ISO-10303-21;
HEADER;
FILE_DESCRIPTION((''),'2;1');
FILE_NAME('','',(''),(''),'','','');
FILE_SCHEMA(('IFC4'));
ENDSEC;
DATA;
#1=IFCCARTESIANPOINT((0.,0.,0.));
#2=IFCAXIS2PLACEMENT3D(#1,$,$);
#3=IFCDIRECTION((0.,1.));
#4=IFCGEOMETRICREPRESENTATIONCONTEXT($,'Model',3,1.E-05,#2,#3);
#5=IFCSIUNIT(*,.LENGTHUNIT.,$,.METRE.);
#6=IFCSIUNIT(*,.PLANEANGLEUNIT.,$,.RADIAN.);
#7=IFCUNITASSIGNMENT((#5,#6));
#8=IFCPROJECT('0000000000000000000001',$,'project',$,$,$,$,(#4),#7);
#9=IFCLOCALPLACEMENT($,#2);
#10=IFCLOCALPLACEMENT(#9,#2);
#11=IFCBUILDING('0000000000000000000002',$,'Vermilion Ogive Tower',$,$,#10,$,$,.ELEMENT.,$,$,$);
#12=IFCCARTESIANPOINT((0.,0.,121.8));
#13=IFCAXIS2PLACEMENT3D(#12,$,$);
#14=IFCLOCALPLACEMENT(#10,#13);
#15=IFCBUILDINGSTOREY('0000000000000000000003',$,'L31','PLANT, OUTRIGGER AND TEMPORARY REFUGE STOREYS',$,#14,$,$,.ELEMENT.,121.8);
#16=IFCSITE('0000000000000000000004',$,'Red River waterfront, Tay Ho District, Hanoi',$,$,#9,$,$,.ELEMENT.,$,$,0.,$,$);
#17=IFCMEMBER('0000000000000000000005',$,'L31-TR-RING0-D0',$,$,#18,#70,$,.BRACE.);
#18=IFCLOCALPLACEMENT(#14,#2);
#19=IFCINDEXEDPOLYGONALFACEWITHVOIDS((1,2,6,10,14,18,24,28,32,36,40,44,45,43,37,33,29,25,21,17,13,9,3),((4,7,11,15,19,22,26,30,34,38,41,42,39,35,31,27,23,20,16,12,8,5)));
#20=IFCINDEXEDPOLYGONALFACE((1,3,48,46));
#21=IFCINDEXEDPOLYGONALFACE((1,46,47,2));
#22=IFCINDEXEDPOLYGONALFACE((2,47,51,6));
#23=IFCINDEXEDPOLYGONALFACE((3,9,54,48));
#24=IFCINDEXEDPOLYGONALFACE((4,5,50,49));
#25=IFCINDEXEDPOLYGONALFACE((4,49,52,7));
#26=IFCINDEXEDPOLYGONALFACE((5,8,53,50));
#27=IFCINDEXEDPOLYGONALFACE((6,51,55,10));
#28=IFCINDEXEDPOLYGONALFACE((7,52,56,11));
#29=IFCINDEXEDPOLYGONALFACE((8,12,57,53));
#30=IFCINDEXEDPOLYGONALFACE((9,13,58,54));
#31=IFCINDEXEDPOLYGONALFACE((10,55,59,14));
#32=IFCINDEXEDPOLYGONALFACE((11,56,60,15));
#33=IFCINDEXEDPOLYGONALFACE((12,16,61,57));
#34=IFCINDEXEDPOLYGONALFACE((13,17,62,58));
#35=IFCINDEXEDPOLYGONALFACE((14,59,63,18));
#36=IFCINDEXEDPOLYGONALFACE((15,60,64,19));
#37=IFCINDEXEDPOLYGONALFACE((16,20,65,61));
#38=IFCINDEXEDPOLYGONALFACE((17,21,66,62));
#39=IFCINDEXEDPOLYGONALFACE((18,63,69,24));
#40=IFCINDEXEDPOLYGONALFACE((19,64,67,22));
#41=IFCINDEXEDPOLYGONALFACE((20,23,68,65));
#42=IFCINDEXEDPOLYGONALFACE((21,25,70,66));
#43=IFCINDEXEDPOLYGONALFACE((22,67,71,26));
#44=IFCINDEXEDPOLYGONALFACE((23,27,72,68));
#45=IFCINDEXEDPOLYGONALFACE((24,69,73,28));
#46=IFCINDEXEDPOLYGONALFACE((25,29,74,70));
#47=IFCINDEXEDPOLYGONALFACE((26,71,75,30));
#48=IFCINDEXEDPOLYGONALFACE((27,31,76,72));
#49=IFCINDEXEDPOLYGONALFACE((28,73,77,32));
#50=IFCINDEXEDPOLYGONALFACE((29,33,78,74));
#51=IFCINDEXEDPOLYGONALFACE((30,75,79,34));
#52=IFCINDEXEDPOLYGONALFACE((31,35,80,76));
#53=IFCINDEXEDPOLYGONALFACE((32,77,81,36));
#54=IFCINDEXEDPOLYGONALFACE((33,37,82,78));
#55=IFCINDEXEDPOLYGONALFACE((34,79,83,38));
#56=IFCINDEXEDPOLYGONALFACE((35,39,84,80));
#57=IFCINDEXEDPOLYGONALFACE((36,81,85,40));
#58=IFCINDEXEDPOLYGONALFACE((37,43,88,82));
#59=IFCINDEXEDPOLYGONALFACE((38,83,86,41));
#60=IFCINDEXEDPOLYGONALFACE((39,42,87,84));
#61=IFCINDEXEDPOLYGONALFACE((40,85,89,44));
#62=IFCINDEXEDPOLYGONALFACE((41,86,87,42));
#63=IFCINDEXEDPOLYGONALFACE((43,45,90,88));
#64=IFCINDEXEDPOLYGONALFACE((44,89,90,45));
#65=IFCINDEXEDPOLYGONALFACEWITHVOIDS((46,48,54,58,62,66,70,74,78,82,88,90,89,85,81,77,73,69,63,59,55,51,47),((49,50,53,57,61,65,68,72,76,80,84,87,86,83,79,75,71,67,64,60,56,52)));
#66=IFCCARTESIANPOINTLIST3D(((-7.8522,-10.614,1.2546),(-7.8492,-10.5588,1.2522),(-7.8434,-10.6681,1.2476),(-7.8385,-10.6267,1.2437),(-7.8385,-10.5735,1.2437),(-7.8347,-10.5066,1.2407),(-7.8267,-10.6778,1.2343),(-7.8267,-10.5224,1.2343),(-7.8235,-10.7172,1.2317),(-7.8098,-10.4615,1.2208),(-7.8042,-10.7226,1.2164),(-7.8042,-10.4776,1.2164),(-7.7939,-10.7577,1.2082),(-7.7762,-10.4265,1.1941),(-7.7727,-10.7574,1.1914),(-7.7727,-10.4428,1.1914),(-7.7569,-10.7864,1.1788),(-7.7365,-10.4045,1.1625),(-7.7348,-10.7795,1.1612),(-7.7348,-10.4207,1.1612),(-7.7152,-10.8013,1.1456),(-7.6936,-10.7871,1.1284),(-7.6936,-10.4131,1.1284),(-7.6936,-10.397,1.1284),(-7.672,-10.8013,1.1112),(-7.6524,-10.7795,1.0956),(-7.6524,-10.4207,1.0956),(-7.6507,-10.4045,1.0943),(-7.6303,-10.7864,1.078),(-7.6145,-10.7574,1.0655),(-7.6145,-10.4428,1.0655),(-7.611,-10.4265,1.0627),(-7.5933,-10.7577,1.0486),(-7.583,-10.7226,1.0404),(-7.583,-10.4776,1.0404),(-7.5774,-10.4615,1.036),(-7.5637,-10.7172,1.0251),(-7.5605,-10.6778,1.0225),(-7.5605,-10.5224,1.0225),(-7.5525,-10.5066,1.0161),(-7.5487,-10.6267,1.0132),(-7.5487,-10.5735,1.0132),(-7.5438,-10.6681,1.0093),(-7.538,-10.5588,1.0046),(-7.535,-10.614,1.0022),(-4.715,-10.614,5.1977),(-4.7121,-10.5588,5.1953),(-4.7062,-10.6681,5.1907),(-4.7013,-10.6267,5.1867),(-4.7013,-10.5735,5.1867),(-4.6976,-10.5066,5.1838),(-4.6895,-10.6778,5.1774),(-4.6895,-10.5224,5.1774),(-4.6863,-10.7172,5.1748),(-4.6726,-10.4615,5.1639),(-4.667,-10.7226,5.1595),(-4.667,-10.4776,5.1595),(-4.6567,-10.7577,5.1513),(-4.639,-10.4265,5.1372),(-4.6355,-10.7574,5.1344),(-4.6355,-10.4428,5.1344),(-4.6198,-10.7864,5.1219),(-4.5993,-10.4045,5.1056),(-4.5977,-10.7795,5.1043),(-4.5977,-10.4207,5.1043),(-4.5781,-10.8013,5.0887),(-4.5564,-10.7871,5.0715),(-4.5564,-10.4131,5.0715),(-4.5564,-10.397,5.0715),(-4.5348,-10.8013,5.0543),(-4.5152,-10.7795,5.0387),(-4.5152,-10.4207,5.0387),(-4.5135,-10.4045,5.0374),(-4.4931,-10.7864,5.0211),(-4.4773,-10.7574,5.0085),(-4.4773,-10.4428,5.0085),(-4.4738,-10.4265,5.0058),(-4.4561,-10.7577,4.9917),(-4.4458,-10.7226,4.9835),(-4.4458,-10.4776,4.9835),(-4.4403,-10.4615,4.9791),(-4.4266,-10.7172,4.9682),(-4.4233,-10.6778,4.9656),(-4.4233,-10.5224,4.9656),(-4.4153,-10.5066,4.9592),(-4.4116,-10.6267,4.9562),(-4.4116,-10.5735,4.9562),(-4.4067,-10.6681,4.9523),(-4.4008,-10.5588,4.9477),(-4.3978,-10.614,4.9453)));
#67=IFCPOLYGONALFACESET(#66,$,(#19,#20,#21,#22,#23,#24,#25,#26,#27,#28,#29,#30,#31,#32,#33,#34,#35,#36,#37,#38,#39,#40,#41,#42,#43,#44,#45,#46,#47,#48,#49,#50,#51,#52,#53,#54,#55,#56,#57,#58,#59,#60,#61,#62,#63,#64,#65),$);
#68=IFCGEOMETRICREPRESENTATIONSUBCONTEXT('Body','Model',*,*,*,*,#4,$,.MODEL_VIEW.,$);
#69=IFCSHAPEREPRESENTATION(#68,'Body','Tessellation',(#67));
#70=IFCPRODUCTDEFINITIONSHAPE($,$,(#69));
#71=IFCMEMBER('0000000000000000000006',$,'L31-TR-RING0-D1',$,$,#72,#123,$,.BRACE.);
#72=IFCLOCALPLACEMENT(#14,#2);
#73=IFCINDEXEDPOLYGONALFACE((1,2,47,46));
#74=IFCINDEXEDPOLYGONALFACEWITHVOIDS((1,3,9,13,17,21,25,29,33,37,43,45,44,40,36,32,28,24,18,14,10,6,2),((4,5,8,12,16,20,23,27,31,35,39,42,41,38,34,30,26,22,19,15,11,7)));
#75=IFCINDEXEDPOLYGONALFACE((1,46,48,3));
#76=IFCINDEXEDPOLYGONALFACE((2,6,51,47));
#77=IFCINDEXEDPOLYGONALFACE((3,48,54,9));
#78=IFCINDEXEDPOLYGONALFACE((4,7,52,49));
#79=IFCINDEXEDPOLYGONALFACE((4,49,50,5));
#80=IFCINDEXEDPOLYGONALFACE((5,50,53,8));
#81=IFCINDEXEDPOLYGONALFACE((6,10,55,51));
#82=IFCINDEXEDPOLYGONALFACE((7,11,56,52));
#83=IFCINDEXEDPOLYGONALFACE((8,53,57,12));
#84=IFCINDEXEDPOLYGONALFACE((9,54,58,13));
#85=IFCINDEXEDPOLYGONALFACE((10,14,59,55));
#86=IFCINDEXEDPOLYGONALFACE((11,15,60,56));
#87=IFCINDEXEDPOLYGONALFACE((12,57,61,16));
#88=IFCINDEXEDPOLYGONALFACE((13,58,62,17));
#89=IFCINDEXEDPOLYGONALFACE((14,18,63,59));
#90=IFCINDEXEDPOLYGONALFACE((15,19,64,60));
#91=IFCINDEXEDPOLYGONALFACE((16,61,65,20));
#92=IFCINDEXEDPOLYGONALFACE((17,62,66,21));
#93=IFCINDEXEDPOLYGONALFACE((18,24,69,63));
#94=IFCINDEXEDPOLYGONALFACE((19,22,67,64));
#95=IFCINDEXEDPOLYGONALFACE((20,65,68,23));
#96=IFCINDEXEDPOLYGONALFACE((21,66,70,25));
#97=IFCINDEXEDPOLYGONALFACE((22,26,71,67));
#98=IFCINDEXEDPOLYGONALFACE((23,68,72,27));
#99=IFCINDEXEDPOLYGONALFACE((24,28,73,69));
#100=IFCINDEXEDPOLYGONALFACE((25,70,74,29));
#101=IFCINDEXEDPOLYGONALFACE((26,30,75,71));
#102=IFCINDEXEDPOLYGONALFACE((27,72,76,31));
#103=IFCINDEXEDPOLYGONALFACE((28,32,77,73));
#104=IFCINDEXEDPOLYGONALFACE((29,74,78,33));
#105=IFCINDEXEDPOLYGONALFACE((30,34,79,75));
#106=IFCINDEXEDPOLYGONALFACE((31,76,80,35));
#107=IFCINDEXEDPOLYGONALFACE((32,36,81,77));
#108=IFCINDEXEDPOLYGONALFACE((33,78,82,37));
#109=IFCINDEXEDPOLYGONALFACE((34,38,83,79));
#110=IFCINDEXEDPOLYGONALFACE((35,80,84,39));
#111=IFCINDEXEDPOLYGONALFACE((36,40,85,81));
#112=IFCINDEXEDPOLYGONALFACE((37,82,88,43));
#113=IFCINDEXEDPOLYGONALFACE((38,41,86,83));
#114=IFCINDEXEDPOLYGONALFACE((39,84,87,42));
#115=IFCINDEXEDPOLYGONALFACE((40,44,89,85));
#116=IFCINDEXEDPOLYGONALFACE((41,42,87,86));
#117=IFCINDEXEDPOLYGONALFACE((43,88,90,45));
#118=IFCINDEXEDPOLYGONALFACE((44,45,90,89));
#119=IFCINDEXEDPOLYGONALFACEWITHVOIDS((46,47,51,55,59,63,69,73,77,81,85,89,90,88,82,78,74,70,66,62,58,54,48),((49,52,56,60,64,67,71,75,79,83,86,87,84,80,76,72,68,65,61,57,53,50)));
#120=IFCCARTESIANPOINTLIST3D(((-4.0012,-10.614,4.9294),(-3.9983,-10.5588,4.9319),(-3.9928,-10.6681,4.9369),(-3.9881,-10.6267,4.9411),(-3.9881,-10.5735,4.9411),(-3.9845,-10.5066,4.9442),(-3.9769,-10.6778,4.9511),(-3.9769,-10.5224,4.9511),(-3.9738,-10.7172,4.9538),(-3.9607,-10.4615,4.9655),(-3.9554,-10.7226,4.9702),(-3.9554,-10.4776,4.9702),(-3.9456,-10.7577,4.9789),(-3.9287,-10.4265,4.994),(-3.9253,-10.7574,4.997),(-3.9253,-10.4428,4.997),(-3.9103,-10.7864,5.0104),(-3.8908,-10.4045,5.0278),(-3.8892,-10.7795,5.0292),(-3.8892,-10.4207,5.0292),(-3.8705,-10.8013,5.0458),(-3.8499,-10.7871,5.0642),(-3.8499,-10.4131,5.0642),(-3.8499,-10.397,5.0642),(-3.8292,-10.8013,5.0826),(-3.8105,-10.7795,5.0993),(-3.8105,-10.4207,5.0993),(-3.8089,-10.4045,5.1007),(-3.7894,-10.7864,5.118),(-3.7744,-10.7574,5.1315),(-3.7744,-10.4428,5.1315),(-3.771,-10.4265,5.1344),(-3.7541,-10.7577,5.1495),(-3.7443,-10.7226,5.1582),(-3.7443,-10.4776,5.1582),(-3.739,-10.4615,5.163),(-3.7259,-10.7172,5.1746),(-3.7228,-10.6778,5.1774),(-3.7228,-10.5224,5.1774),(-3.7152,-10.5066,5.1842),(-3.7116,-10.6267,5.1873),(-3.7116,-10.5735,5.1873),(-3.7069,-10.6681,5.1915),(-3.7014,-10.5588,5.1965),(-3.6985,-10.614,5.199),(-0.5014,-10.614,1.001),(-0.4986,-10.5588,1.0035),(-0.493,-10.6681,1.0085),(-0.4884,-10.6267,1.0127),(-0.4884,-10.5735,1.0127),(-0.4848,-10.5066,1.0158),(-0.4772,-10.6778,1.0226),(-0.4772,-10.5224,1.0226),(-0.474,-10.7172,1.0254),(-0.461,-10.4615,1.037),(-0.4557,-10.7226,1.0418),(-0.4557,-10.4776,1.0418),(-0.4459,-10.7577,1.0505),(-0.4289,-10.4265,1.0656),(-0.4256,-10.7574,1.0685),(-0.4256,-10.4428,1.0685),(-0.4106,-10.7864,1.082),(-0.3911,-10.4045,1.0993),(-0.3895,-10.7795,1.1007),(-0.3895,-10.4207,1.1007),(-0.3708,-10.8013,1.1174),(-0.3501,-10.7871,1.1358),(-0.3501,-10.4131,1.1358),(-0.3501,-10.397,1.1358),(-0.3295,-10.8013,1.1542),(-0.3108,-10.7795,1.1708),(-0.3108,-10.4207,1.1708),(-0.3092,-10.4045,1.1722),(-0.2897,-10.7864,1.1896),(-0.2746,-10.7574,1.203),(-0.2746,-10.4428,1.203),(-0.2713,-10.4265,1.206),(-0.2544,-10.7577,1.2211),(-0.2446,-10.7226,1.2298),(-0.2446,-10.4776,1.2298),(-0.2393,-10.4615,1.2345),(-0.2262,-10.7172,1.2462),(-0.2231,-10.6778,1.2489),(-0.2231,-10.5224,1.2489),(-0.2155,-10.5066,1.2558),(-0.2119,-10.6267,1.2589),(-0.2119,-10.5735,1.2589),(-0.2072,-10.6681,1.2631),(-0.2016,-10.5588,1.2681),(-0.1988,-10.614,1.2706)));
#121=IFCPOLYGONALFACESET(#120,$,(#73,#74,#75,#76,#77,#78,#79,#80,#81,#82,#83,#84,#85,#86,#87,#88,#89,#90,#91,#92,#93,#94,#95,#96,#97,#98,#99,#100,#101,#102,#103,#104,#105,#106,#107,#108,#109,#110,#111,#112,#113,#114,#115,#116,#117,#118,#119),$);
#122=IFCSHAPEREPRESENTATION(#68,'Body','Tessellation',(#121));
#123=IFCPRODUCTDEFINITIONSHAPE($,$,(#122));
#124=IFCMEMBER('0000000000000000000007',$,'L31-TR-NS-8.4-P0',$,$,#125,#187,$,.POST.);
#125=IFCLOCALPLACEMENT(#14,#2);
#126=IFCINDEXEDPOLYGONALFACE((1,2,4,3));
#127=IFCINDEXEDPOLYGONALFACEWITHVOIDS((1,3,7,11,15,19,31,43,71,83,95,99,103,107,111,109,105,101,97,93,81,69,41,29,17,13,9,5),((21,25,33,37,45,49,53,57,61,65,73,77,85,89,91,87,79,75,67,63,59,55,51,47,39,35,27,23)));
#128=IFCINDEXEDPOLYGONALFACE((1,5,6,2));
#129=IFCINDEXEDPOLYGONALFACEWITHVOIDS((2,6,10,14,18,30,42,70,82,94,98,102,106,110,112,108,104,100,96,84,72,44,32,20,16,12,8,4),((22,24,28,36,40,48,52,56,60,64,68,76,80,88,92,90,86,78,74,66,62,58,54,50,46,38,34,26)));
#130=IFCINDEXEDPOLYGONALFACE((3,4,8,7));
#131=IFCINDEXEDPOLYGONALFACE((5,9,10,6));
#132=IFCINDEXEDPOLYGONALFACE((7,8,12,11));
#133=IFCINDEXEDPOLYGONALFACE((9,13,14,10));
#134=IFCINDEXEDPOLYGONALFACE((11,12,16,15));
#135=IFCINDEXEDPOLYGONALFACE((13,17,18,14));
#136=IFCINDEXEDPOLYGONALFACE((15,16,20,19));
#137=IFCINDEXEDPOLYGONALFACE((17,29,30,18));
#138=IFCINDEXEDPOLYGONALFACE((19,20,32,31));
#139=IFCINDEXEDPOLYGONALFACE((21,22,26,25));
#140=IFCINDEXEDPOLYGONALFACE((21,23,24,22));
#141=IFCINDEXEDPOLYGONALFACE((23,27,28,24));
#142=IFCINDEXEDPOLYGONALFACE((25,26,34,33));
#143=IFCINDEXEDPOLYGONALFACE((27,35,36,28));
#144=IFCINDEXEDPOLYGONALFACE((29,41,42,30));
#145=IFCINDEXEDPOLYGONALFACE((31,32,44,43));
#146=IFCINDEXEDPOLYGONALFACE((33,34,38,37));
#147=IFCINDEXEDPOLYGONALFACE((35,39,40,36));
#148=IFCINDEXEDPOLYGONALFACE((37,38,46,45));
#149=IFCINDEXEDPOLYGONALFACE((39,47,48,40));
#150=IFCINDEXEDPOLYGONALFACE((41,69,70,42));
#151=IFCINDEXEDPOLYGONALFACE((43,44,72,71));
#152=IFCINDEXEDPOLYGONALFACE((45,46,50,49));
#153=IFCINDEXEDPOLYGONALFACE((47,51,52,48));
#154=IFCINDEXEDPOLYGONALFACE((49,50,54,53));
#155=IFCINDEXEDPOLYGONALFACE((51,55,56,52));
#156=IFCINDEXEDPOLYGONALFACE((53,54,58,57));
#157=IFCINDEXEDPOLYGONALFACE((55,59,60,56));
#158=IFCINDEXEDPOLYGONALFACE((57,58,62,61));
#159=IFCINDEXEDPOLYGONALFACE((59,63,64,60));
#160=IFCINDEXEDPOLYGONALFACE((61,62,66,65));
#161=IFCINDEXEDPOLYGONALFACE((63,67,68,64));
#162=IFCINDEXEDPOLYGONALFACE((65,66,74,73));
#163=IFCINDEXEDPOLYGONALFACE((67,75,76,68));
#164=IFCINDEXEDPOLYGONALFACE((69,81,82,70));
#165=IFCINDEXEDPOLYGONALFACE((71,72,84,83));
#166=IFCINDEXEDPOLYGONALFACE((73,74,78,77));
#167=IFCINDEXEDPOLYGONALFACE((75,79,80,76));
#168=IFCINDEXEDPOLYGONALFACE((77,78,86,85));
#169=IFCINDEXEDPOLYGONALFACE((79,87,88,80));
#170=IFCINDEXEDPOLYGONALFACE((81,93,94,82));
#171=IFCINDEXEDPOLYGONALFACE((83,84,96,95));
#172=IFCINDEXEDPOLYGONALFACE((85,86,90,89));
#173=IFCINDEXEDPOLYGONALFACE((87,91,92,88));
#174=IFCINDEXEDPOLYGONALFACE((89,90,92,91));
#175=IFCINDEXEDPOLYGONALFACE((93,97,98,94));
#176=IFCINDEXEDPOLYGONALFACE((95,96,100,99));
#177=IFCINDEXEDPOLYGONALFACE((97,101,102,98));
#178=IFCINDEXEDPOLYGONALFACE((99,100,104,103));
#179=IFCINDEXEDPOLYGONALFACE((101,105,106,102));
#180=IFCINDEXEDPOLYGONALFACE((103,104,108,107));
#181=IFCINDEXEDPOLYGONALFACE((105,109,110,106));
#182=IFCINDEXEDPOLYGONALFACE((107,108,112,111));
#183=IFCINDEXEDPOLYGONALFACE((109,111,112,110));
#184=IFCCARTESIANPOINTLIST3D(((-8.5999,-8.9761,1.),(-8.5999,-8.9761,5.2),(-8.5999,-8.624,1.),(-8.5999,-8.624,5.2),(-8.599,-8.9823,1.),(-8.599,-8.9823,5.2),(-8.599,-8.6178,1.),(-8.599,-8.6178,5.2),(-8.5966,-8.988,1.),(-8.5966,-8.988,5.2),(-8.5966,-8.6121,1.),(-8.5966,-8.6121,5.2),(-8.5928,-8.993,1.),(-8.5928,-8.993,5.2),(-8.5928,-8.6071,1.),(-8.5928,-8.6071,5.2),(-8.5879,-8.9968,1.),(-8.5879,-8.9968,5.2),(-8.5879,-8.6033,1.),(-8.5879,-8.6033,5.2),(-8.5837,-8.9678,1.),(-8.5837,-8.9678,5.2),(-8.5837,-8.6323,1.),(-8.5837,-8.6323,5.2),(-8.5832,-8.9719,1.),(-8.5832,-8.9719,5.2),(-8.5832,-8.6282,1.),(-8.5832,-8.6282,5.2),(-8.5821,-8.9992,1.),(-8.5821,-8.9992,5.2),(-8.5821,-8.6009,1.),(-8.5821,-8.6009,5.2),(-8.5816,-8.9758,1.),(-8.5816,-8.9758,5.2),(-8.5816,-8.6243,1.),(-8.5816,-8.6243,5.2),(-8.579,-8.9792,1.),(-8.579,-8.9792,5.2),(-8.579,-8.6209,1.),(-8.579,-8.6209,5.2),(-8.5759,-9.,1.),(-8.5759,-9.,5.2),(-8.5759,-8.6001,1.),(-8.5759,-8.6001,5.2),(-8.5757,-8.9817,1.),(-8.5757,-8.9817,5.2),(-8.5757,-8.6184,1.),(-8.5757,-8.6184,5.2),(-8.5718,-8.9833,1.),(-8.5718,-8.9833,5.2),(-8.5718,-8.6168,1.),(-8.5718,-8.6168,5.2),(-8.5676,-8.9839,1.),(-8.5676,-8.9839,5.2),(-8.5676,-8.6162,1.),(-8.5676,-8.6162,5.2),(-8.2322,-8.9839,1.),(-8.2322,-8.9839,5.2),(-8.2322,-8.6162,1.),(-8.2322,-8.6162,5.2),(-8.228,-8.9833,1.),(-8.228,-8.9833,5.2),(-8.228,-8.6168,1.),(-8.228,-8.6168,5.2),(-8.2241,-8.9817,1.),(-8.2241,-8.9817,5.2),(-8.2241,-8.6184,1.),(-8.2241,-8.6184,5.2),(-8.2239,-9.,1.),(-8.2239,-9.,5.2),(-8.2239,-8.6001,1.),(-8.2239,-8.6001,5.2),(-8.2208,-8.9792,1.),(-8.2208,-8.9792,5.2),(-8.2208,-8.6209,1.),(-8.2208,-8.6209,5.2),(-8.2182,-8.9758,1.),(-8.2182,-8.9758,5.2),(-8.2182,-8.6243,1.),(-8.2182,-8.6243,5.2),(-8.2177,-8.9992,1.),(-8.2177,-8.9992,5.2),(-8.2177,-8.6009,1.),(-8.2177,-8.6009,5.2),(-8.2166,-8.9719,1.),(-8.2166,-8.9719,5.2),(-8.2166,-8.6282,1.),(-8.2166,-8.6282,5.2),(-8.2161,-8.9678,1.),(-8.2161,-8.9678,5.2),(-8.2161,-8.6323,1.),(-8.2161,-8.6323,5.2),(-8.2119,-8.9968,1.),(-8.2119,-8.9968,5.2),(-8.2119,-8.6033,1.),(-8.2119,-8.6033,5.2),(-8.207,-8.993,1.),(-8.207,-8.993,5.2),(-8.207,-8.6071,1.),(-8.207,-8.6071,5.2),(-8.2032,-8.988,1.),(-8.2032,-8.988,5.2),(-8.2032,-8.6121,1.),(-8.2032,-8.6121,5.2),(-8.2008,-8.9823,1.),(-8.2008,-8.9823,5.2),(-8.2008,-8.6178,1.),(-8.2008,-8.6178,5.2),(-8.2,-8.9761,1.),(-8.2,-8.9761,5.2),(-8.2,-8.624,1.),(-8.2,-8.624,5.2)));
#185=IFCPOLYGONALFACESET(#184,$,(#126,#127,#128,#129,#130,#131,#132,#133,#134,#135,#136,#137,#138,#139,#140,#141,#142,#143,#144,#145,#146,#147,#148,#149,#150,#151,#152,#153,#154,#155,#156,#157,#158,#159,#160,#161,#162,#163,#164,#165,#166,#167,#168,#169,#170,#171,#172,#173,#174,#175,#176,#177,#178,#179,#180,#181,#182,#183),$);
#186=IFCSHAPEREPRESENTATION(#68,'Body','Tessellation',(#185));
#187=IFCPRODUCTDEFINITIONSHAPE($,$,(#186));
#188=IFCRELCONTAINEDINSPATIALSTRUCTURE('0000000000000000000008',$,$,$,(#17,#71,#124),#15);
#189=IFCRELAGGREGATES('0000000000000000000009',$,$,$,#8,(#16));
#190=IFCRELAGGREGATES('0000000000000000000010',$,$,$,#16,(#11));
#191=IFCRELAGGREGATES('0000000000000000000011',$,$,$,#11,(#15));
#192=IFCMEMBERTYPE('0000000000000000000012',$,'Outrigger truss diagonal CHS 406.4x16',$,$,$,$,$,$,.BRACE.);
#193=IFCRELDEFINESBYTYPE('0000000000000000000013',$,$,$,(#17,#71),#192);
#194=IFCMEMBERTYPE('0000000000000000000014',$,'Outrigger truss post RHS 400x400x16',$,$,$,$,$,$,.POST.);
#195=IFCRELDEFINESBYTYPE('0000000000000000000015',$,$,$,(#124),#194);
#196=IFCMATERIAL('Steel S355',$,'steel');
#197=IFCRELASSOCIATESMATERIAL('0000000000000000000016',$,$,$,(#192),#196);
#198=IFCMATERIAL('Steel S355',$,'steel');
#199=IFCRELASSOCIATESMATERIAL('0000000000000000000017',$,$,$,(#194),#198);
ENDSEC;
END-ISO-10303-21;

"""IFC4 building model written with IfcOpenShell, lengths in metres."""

from ifc_helpers import new_model, si_unit, direction, frame, origin, origin_2d, place, context, subcontext, project, spatial, hollow_rectangle, hollow_circle, extrude, material, material_profile, profile_set, type_object, element, save


model = new_model("IFC4")

# Units and contexts
model_context = context("Model", 3, precision=1e-05, world=origin(), true_north=direction((0.0, 1.0)))
body_context = subcontext(model_context, "Body", "Model", "MODEL_VIEW")
ifc_project = project(units=[si_unit("LENGTHUNIT", "METRE"), si_unit("PLANEANGLEUNIT", "RADIAN")], contexts=[model_context])

# Site, building, storey
site_placement = place(None, origin())
site = spatial("IfcSite", under=ifc_project, at=site_placement, Name="Red River waterfront, Tay Ho District, Hanoi", CompositionType="ELEMENT", RefElevation=0.0)
building_placement = place(site_placement, origin())
building = spatial("IfcBuilding", under=site, at=building_placement, Name="Vermilion Ogive Tower", CompositionType="ELEMENT")
storey_placement = place(building_placement, frame((0.0, 0.0, 121.8)))
storey = spatial("IfcBuildingStorey", under=building, at=storey_placement, Name="L31", Description="PLANT, OUTRIGGER AND TEMPORARY REFUGE STOREYS", CompositionType="ELEMENT", Elevation=121.8)

# Members
ifc_material_1 = material(Name="Steel S355", Category="steel")
ifc_material_profile_1 = material_profile(ifc_material_1, hollow_circle(Radius=0.2031, WallThickness=0.0161, at=origin_2d()), Name="CHS 406.4x16")
ifc_profile_set_1 = profile_set([ifc_material_profile_1], Name="Steel S355")
member_type_1 = type_object("IfcMemberType", Name="Outrigger truss diagonal CHS 406.4x16", PredefinedType="BRACE", material=ifc_profile_set_1)
member_1_placement = place(storey_placement, frame((-7.6936, -10.6001, 1.1284), z_axis=(0.622601, 0.0, 0.782539), x_axis=(0.0, 1.0, 0.0)))
element("IfcMember", 1, at=member_1_placement, inside=storey, type_object=member_type_1, Name="L31-TR-RING0-D0", PredefinedType="BRACE", context=body_context, shape_type="SweptSolid", body=[
    extrude(hollow_circle(Radius=0.2031, WallThickness=0.0161, at=origin_2d()), origin(), (0.0, 0.0, 1.0), 5.0388),
])
member_2_placement = place(storey_placement, frame((-3.8499, -10.6001, 5.0642), z_axis=(0.66519, 0.0, -0.746674), x_axis=(0.0, 1.0, 0.0)))
element("IfcMember", 2, at=member_2_placement, inside=storey, type_object=member_type_1, Name="L31-TR-RING0-D1", PredefinedType="BRACE", context=body_context, shape_type="SweptSolid", body=[
    extrude(hollow_circle(Radius=0.2031, WallThickness=0.0161, at=origin_2d()), origin(), (0.0, 0.0, 1.0), 5.2612),
])
ifc_material_2 = material(Name="Steel S355", Category="steel")
ifc_material_profile_2 = material_profile(ifc_material_2, hollow_rectangle(XDim=0.3999, YDim=0.3999, WallThickness=0.0161, InnerFilletRadius=0.0161, OuterFilletRadius=0.0239, at=origin_2d()), Name="RHS 400x400x16")
ifc_profile_set_2 = profile_set([ifc_material_profile_2], Name="Steel S355")
member_type_2 = type_object("IfcMemberType", Name="Outrigger truss post RHS 400x400x16", PredefinedType="POST", material=ifc_profile_set_2)
for number, where, z_axis, x_axis, name in (
    (3, (-8.3999, -8.8, 1.0), (0.0, 0.0, 1.0), (1.0, 0.0, 0.0), "L31-TR-NS-8.4-P0"),
):
    element("IfcMember", number, at=place(storey_placement, frame(where, z_axis=z_axis, x_axis=x_axis)), inside=storey, type_object=member_type_2, Name=name, PredefinedType="POST", context=body_context, shape_type="SweptSolid", body=[
        extrude(hollow_rectangle(XDim=0.3999, YDim=0.3999, WallThickness=0.0161, InnerFilletRadius=0.0161, OuterFilletRadius=0.0239, at=origin_2d()), origin(), (0.0, 0.0, 1.0), 4.2),
    ])

save(model, "model.ifc")
